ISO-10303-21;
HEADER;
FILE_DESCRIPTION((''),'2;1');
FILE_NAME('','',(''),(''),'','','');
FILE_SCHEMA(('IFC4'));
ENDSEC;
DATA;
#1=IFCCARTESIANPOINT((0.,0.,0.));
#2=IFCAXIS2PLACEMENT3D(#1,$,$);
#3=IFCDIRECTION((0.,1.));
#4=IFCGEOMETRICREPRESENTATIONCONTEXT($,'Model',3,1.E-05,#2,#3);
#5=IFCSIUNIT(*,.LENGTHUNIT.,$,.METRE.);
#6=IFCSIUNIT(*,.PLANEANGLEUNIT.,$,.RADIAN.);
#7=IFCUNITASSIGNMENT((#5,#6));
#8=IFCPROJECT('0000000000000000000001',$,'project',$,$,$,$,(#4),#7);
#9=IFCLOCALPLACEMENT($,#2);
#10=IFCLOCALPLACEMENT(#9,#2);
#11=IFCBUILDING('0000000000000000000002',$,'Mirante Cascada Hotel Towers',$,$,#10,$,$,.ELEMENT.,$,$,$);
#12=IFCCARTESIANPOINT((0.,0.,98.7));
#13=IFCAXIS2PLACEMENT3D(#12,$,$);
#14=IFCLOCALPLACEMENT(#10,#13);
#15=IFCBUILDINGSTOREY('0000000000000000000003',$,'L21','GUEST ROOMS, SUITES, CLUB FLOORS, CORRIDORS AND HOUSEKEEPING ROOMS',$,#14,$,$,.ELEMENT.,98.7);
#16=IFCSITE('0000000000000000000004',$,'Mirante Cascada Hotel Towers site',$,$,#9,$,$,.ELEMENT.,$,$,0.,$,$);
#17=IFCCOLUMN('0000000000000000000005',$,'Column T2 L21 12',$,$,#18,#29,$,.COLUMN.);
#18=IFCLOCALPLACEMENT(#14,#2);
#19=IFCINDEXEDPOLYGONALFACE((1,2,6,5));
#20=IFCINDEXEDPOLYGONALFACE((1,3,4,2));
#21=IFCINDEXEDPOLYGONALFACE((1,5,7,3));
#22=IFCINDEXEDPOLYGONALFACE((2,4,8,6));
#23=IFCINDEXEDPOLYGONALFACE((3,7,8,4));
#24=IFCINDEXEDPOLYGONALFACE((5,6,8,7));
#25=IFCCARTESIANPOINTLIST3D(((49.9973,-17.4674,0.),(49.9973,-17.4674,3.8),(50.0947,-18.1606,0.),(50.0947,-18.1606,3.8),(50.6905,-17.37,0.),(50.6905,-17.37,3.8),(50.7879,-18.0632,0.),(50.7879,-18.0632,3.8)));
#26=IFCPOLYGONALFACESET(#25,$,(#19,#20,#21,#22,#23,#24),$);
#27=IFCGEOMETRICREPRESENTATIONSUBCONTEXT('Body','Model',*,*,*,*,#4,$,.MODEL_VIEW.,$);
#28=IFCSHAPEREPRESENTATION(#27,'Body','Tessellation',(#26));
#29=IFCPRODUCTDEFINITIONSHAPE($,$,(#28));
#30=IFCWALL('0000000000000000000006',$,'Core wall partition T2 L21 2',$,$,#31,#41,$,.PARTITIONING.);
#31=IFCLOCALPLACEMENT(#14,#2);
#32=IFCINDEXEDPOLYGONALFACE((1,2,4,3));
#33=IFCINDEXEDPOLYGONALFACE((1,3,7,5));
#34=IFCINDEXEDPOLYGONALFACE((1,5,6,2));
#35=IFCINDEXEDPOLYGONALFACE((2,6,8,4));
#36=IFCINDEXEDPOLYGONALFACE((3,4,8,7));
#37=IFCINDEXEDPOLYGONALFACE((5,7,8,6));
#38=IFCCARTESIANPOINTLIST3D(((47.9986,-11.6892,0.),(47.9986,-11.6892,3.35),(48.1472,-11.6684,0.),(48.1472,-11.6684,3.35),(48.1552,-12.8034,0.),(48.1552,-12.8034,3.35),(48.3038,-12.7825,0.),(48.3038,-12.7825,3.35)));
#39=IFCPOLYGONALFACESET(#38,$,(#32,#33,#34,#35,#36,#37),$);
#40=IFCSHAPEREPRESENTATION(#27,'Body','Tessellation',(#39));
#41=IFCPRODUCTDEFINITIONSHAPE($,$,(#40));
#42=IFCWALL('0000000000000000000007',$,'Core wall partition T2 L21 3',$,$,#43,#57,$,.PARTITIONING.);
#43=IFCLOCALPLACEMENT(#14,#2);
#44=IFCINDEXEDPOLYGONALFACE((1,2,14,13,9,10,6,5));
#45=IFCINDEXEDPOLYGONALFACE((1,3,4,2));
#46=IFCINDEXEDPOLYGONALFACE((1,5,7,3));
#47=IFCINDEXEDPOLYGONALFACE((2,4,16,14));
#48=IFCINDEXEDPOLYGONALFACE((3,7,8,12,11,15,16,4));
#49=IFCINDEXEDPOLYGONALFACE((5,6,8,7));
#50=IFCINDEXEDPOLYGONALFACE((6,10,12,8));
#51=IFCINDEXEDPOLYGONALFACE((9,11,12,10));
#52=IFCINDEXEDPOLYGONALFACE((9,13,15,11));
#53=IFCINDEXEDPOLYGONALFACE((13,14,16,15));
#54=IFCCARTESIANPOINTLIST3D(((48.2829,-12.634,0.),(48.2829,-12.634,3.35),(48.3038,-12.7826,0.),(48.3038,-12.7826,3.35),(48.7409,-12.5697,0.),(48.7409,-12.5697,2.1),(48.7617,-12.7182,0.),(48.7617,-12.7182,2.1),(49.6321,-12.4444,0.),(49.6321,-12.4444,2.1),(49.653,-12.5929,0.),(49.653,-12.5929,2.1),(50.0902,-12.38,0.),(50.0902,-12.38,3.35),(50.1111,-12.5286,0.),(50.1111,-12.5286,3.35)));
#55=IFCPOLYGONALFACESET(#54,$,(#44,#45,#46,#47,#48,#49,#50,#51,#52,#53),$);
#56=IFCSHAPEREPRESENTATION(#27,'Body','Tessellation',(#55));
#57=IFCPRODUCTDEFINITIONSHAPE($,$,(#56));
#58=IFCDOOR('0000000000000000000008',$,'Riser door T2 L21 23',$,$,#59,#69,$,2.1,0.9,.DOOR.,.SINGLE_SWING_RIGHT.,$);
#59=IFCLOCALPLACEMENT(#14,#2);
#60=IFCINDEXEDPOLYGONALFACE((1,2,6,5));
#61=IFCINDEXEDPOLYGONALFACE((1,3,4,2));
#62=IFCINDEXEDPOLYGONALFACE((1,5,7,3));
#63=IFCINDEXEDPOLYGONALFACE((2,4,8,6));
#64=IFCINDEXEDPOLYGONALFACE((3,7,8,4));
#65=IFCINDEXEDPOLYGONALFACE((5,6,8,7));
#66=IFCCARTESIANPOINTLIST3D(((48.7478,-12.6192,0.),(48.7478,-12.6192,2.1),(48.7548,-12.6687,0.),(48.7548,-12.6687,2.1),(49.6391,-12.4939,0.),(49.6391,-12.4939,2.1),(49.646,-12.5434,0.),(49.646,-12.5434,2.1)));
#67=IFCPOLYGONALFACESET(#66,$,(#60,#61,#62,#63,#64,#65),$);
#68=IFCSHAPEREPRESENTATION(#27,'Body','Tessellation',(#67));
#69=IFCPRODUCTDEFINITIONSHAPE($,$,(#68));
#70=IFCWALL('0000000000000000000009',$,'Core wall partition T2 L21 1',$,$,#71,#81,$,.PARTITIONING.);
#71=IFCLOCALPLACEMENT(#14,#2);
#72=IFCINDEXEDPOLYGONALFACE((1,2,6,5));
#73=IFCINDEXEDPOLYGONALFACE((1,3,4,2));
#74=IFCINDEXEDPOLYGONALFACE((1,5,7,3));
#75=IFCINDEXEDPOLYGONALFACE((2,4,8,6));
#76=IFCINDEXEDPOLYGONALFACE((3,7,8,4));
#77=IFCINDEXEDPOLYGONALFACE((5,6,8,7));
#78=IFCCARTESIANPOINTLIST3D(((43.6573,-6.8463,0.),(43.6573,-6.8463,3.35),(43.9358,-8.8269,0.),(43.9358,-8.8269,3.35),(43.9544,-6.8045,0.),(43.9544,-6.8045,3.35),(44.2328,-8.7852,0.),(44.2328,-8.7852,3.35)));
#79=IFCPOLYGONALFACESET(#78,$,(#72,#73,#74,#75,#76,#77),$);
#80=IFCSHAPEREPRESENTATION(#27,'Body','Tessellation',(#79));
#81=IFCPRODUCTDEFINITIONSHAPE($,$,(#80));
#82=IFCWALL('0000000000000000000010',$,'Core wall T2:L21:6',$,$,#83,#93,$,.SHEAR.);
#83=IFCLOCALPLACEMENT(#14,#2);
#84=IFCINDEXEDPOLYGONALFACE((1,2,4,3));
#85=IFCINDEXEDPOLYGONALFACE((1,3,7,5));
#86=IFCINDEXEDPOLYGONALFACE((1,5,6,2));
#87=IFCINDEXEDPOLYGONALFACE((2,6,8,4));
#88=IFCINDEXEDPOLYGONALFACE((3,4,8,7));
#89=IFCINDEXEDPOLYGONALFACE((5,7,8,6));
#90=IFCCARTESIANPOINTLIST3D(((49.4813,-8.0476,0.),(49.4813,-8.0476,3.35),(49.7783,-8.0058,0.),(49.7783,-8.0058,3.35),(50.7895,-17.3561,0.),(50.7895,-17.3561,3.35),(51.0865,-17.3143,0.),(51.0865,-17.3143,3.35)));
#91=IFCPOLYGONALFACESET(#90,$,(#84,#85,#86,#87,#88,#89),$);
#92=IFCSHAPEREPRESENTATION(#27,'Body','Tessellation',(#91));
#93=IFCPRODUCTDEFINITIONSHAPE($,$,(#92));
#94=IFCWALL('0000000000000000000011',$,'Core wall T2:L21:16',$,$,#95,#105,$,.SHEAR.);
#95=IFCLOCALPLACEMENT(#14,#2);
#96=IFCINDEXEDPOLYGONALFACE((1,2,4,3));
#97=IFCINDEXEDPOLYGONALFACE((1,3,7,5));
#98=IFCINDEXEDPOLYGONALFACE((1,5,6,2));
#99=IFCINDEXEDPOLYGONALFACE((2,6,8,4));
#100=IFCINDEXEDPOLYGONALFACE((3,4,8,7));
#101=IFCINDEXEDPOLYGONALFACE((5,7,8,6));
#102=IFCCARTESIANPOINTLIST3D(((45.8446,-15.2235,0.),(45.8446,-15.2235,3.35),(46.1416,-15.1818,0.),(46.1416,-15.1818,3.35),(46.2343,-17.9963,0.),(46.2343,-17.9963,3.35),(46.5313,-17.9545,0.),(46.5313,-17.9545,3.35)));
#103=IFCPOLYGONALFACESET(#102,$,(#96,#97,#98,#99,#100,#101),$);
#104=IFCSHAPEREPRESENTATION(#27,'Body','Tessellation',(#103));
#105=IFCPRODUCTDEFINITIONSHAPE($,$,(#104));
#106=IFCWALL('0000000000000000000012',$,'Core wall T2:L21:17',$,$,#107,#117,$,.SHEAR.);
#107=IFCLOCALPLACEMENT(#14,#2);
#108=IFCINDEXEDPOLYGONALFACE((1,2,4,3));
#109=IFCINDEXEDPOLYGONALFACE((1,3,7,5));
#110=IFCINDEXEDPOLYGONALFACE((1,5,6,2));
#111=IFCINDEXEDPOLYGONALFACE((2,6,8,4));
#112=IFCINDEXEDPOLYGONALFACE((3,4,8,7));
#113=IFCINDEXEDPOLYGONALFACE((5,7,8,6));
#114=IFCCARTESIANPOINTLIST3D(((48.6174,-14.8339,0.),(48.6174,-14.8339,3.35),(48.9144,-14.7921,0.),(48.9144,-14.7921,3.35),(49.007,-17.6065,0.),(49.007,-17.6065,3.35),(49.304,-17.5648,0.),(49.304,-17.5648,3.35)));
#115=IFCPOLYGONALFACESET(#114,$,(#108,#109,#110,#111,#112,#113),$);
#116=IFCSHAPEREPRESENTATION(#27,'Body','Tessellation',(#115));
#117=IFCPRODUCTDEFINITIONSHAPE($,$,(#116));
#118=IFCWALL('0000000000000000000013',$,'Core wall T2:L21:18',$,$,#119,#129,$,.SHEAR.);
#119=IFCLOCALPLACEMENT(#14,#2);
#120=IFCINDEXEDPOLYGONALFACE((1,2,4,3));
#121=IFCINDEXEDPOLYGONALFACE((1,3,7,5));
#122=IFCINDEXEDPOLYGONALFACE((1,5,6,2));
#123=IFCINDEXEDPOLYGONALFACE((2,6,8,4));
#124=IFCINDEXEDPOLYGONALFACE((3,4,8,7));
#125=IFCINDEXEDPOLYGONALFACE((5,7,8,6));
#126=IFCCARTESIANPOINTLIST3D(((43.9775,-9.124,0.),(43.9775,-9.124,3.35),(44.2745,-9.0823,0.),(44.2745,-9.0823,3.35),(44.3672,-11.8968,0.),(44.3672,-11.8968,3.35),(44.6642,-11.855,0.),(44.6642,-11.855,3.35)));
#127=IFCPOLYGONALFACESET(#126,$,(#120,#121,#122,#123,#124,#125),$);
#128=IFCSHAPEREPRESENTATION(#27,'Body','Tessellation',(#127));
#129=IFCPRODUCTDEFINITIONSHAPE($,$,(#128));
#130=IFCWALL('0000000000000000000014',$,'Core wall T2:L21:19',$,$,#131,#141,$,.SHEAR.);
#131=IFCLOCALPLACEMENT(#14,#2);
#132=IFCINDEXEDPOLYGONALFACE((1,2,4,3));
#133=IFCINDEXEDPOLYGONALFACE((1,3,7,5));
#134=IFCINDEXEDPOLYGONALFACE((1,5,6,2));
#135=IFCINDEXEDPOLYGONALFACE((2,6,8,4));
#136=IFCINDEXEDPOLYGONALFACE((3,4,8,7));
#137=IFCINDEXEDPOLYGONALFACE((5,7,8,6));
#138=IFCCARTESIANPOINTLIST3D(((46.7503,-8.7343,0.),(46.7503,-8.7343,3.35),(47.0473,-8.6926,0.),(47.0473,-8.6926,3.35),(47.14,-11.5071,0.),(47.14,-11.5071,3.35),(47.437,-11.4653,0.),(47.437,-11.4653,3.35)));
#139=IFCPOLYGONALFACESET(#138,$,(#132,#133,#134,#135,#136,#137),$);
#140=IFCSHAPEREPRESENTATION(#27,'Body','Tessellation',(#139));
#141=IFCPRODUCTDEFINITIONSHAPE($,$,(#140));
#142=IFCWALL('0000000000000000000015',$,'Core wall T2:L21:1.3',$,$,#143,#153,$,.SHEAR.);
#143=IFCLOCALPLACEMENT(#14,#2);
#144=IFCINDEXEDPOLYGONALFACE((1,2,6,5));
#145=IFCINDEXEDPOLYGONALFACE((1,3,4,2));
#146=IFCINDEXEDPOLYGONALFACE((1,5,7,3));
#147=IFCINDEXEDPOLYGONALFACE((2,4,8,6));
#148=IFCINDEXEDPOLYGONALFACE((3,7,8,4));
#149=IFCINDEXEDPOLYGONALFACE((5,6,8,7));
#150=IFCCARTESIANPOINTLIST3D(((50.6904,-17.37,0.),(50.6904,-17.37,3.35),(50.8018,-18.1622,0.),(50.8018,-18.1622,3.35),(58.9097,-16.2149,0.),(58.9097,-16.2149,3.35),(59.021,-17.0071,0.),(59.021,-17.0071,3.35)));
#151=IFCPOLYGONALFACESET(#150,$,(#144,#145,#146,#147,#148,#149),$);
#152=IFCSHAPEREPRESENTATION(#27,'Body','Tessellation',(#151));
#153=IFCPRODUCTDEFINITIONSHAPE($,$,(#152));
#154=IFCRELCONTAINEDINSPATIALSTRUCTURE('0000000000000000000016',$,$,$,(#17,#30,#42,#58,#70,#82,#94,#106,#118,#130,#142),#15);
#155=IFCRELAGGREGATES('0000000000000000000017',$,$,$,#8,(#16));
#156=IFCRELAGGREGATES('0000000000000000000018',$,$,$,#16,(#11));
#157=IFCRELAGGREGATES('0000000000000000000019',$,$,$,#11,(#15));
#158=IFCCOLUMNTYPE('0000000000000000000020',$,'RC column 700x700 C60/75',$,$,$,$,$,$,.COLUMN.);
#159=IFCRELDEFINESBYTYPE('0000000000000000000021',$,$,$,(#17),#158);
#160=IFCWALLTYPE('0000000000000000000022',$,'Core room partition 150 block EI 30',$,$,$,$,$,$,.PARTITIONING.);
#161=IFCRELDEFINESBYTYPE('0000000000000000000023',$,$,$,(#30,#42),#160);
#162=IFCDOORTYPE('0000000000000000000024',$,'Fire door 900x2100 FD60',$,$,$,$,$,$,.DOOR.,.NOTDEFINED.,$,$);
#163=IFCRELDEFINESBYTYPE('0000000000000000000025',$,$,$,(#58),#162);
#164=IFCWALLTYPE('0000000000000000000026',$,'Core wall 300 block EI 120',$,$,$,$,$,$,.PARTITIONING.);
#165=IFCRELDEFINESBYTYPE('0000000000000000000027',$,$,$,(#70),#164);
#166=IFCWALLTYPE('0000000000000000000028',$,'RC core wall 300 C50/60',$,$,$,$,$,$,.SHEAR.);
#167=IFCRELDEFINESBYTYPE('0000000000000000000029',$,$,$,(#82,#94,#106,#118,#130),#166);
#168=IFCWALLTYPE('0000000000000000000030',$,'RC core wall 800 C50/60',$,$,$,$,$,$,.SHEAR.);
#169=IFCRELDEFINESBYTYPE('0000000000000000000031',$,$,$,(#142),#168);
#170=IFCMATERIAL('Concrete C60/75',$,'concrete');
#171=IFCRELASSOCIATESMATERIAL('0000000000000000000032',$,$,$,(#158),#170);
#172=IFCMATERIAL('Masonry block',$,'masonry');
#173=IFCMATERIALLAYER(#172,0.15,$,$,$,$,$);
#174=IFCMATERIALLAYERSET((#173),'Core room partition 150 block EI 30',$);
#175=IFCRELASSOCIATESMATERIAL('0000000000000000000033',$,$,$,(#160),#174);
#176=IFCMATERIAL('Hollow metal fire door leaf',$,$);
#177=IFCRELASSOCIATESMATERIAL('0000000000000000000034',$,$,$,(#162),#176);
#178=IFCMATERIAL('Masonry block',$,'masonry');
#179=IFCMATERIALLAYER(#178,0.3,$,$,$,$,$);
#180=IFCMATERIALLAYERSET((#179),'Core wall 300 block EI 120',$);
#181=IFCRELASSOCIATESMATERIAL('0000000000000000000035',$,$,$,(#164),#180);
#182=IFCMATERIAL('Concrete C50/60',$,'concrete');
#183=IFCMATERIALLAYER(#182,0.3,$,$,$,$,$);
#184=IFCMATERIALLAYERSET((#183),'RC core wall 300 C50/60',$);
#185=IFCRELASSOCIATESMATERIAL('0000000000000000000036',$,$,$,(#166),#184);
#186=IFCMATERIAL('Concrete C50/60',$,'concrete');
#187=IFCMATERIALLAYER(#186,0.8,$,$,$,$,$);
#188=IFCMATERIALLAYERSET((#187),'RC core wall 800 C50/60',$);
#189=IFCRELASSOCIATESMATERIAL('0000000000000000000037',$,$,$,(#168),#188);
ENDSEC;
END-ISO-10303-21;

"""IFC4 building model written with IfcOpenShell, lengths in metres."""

from ifc_helpers import new_model, si_unit, direction, frame, frame_2d, origin, origin_2d, place, context, subcontext, project, spatial, rectangle, extrude, material, layer, layer_set, material_profile, profile_set, type_object, element, fill, save


model = new_model("IFC4")

# Units and contexts
model_context = context("Model", 3, precision=1e-05, world=origin(), true_north=direction((0.0, 1.0)))
body_context = subcontext(model_context, "Body", "Model", "MODEL_VIEW")
ifc_project = project(units=[si_unit("LENGTHUNIT", "METRE"), si_unit("PLANEANGLEUNIT", "RADIAN")], contexts=[model_context])

# Site, building, storey
site_placement = place(None, origin())
site = spatial("IfcSite", under=ifc_project, at=site_placement, Name="Mirante Cascada Hotel Towers site", CompositionType="ELEMENT", RefElevation=0.0)
building_placement = place(site_placement, origin())
building = spatial("IfcBuilding", under=site, at=building_placement, Name="Mirante Cascada Hotel Towers", CompositionType="ELEMENT")
storey_placement = place(building_placement, frame((0.0, 0.0, 98.7)))
storey = spatial("IfcBuildingStorey", under=building, at=storey_placement, Name="L21", Description="GUEST ROOMS, SUITES, CLUB FLOORS, CORRIDORS AND HOUSEKEEPING ROOMS", CompositionType="ELEMENT", Elevation=98.7)

# Column
ifc_material_1 = material(Name="Concrete C60/75", Category="concrete")
ifc_material_profile = material_profile(ifc_material_1, rectangle(XDim=0.7, YDim=0.7, at=origin_2d()), Name="RC column 700x700 C60/75")
ifc_profile_set = profile_set([ifc_material_profile], Name="Concrete C60/75")
column_type = type_object("IfcColumnType", Name="RC column 700x700 C60/75", PredefinedType="COLUMN", material=ifc_profile_set)
column_placement = place(storey_placement, frame((50.3926, -17.7653, 0.0), z_axis=(0.0, 0.0, 1.0), x_axis=(0.990268, 0.139173, 0.0)))
element("IfcColumn", 1, at=column_placement, inside=storey, type_object=column_type, Name="Column T2 L21 12", PredefinedType="COLUMN", context=body_context, shape_type="SweptSolid", body=[
    extrude(rectangle(XDim=0.7, YDim=0.7, at=origin_2d()), origin(), (0.0, 0.0, 1.0), 3.8),
])

# Wall
ifc_material_2 = material(Name="Masonry block", Category="masonry")
ifc_layer_1 = layer(ifc_material_2, 0.15)
ifc_layer_set_1 = layer_set([ifc_layer_1], Name="Core room partition 150 block EI 30")
wall_type_1 = type_object("IfcWallType", Name="Core room partition 150 block EI 30", PredefinedType="PARTITIONING", material=ifc_layer_set_1)
wall_1_placement = place(storey_placement, frame((48.2295, -12.793, 0.0), z_axis=(0.0, 0.0, 1.0), x_axis=(-0.139193, 0.990265, 0.0)))
element("IfcWall", 2, at=wall_1_placement, inside=storey, type_object=wall_type_1, Name="Core wall partition T2 L21 2", PredefinedType="PARTITIONING", context=body_context, shape_type="SweptSolid", body=[
    extrude(rectangle(XDim=1.1251, YDim=0.15, at=frame_2d((0.5626, 0.0))), origin(), (0.0, 0.0, 1.0), 3.35),
])

# Wall, opening, door
wall_2_placement = place(storey_placement, frame((48.2933, -12.7083, 0.0), z_axis=(0.0, 0.0, 1.0), x_axis=(0.990268, 0.139173, 0.0)))
wall_2 = element("IfcWall", 3, at=wall_2_placement, inside=storey, type_object=wall_type_1, Name="Core wall partition T2 L21 3", PredefinedType="PARTITIONING", context=body_context, shape_type="SweptSolid", body=[
    extrude(rectangle(XDim=1.8251, YDim=0.15, at=frame_2d((0.9126, 0.0))), origin(), (0.0, 0.0, 1.0), 3.35),
])
opening_placement = place(wall_2_placement, frame((0.4625, 0.0, 0.0)))
opening = element("IfcOpeningElement", 4, at=opening_placement, cuts=wall_2, PredefinedType="OPENING", context=body_context, shape_type="SweptSolid", body=[
    extrude(rectangle(XDim=0.9, YDim=2.1, at=frame_2d((0.45, 1.05))), frame((0.0, 0.075, 0.0), z_axis=(0.0, -1.0, 0.0), x_axis=(1.0, 0.0, 0.0)), (0.0, 0.0, 1.0), 0.15),
])
ifc_material_3 = material(Name="Hollow metal fire door leaf")
door_type = type_object("IfcDoorType", Name="Fire door 900x2100 FD60", OperationType="NOTDEFINED", PredefinedType="DOOR", material=ifc_material_3)
door_placement = place(opening_placement, frame((0.9, 0.0, 0.0), z_axis=(0.0, 0.0, 1.0), x_axis=(-1.0, 0.0, 0.0)))
door = element("IfcDoor", 5, at=door_placement, inside=storey, type_object=door_type, Name="Riser door T2 L21 23", OperationType="SINGLE_SWING_RIGHT", OverallHeight=2.1, OverallWidth=0.9, PredefinedType="DOOR", context=body_context, shape_type="SweptSolid", body=[
    extrude(rectangle(XDim=0.9, YDim=2.1, at=frame_2d((0.45, 1.05))), frame((0.0, 0.025, 0.0), z_axis=(0.0, -1.0, 0.0), x_axis=(1.0, 0.0, 0.0)), (0.0, 0.0, 1.0), 0.05),
])
fill(opening, door)

# Walls
ifc_material_4 = material(Name="Masonry block", Category="masonry")
ifc_layer_2 = layer(ifc_material_4, 0.3)
ifc_layer_set_2 = layer_set([ifc_layer_2], Name="Core wall 300 block EI 120")
wall_type_2 = type_object("IfcWallType", Name="Core wall 300 block EI 120", PredefinedType="PARTITIONING", material=ifc_layer_set_2)
wall_3_placement = place(storey_placement, frame((44.0843, -8.8061, 0.0), z_axis=(0.0, 0.0, 1.0), x_axis=(-0.139195, 0.990265, 0.0)))
element("IfcWall", 6, at=wall_3_placement, inside=storey, type_object=wall_type_2, Name="Core wall partition T2 L21 1", PredefinedType="PARTITIONING", context=body_context, shape_type="SweptSolid", body=[
    extrude(rectangle(XDim=2.0001, YDim=0.3, at=frame_2d((1.0001, 0.0))), origin(), (0.0, 0.0, 1.0), 3.35),
])
ifc_material_5 = material(Name="Concrete C50/60", Category="concrete")
ifc_layer_3 = layer(ifc_material_5, 0.3)
ifc_layer_set_3 = layer_set([ifc_layer_3], Name="RC core wall 300 C50/60")
wall_type_3 = type_object("IfcWallType", Name="RC core wall 300 C50/60", PredefinedType="SHEAR", material=ifc_layer_set_3)
wall_4_placement = place(storey_placement, frame((50.938, -17.3352, 0.0), z_axis=(0.0, 0.0, 1.0), x_axis=(-0.139171, 0.990268, 0.0)))
element("IfcWall", 7, at=wall_4_placement, inside=storey, type_object=wall_type_3, Name="Core wall T2:L21:6", PredefinedType="SHEAR", context=body_context, shape_type="SweptSolid", body=[
    extrude(rectangle(XDim=9.4, YDim=0.3, at=frame_2d((4.7, 0.0))), origin(), (0.0, 0.0, 1.0), 3.35),
])
wall_5_placement = place(storey_placement, frame((46.3828, -17.9754, 0.0), z_axis=(0.0, 0.0, 1.0), x_axis=(-0.139181, 0.990267, 0.0)))
element("IfcWall", 8, at=wall_5_placement, inside=storey, type_object=wall_type_3, Name="Core wall T2:L21:16", PredefinedType="SHEAR", context=body_context, shape_type="SweptSolid", body=[
    extrude(rectangle(XDim=2.8, YDim=0.3, at=frame_2d((1.4, 0.0))), origin(), (0.0, 0.0, 1.0), 3.35),
])
wall_6_placement = place(storey_placement, frame((49.1555, -17.5857, 0.0), z_axis=(0.0, 0.0, 1.0), x_axis=(-0.139146, 0.990272, 0.0)))
element("IfcWall", 9, at=wall_6_placement, inside=storey, type_object=wall_type_3, Name="Core wall T2:L21:17", PredefinedType="SHEAR", context=body_context, shape_type="SweptSolid", body=[
    extrude(rectangle(XDim=2.7999, YDim=0.3, at=frame_2d((1.4, 0.0))), origin(), (0.0, 0.0, 1.0), 3.35),
])
for number, where, z_axis, x_axis, name in (
    (10, (44.5157, -11.8759, 0.0), (0.0, 0.0, 1.0), (-0.139181, 0.990267, 0.0), "Core wall T2:L21:18"),
    (11, (47.2885, -11.4862, 0.0), (0.0, 0.0, 1.0), (-0.139181, 0.990267, 0.0), "Core wall T2:L21:19"),
):
    element("IfcWall", number, at=place(storey_placement, frame(where, z_axis=z_axis, x_axis=x_axis)), inside=storey, type_object=wall_type_3, Name=name, PredefinedType="SHEAR", context=body_context, shape_type="SweptSolid", body=[
        extrude(rectangle(XDim=2.8, YDim=0.3, at=frame_2d((1.4, 0.0))), origin(), (0.0, 0.0, 1.0), 3.35),
    ])
ifc_material_6 = material(Name="Concrete C50/60", Category="concrete")
ifc_layer_4 = layer(ifc_material_6, 0.8)
ifc_layer_set_4 = layer_set([ifc_layer_4], Name="RC core wall 800 C50/60")
wall_type_4 = type_object("IfcWallType", Name="RC core wall 800 C50/60", PredefinedType="SHEAR", material=ifc_layer_set_4)
wall_7_placement = place(storey_placement, frame((50.7461, -17.7661, 0.0), z_axis=(0.0, 0.0, 1.0), x_axis=(0.990269, 0.139169, 0.0)))
element("IfcWall", 12, at=wall_7_placement, inside=storey, type_object=wall_type_4, Name="Core wall T2:L21:1.3", PredefinedType="SHEAR", context=body_context, shape_type="SweptSolid", body=[
    extrude(rectangle(XDim=8.3, YDim=0.8, at=frame_2d((4.15, 0.0))), origin(), (0.0, 0.0, 1.0), 3.35),
])

save(model, "model.ifc")
